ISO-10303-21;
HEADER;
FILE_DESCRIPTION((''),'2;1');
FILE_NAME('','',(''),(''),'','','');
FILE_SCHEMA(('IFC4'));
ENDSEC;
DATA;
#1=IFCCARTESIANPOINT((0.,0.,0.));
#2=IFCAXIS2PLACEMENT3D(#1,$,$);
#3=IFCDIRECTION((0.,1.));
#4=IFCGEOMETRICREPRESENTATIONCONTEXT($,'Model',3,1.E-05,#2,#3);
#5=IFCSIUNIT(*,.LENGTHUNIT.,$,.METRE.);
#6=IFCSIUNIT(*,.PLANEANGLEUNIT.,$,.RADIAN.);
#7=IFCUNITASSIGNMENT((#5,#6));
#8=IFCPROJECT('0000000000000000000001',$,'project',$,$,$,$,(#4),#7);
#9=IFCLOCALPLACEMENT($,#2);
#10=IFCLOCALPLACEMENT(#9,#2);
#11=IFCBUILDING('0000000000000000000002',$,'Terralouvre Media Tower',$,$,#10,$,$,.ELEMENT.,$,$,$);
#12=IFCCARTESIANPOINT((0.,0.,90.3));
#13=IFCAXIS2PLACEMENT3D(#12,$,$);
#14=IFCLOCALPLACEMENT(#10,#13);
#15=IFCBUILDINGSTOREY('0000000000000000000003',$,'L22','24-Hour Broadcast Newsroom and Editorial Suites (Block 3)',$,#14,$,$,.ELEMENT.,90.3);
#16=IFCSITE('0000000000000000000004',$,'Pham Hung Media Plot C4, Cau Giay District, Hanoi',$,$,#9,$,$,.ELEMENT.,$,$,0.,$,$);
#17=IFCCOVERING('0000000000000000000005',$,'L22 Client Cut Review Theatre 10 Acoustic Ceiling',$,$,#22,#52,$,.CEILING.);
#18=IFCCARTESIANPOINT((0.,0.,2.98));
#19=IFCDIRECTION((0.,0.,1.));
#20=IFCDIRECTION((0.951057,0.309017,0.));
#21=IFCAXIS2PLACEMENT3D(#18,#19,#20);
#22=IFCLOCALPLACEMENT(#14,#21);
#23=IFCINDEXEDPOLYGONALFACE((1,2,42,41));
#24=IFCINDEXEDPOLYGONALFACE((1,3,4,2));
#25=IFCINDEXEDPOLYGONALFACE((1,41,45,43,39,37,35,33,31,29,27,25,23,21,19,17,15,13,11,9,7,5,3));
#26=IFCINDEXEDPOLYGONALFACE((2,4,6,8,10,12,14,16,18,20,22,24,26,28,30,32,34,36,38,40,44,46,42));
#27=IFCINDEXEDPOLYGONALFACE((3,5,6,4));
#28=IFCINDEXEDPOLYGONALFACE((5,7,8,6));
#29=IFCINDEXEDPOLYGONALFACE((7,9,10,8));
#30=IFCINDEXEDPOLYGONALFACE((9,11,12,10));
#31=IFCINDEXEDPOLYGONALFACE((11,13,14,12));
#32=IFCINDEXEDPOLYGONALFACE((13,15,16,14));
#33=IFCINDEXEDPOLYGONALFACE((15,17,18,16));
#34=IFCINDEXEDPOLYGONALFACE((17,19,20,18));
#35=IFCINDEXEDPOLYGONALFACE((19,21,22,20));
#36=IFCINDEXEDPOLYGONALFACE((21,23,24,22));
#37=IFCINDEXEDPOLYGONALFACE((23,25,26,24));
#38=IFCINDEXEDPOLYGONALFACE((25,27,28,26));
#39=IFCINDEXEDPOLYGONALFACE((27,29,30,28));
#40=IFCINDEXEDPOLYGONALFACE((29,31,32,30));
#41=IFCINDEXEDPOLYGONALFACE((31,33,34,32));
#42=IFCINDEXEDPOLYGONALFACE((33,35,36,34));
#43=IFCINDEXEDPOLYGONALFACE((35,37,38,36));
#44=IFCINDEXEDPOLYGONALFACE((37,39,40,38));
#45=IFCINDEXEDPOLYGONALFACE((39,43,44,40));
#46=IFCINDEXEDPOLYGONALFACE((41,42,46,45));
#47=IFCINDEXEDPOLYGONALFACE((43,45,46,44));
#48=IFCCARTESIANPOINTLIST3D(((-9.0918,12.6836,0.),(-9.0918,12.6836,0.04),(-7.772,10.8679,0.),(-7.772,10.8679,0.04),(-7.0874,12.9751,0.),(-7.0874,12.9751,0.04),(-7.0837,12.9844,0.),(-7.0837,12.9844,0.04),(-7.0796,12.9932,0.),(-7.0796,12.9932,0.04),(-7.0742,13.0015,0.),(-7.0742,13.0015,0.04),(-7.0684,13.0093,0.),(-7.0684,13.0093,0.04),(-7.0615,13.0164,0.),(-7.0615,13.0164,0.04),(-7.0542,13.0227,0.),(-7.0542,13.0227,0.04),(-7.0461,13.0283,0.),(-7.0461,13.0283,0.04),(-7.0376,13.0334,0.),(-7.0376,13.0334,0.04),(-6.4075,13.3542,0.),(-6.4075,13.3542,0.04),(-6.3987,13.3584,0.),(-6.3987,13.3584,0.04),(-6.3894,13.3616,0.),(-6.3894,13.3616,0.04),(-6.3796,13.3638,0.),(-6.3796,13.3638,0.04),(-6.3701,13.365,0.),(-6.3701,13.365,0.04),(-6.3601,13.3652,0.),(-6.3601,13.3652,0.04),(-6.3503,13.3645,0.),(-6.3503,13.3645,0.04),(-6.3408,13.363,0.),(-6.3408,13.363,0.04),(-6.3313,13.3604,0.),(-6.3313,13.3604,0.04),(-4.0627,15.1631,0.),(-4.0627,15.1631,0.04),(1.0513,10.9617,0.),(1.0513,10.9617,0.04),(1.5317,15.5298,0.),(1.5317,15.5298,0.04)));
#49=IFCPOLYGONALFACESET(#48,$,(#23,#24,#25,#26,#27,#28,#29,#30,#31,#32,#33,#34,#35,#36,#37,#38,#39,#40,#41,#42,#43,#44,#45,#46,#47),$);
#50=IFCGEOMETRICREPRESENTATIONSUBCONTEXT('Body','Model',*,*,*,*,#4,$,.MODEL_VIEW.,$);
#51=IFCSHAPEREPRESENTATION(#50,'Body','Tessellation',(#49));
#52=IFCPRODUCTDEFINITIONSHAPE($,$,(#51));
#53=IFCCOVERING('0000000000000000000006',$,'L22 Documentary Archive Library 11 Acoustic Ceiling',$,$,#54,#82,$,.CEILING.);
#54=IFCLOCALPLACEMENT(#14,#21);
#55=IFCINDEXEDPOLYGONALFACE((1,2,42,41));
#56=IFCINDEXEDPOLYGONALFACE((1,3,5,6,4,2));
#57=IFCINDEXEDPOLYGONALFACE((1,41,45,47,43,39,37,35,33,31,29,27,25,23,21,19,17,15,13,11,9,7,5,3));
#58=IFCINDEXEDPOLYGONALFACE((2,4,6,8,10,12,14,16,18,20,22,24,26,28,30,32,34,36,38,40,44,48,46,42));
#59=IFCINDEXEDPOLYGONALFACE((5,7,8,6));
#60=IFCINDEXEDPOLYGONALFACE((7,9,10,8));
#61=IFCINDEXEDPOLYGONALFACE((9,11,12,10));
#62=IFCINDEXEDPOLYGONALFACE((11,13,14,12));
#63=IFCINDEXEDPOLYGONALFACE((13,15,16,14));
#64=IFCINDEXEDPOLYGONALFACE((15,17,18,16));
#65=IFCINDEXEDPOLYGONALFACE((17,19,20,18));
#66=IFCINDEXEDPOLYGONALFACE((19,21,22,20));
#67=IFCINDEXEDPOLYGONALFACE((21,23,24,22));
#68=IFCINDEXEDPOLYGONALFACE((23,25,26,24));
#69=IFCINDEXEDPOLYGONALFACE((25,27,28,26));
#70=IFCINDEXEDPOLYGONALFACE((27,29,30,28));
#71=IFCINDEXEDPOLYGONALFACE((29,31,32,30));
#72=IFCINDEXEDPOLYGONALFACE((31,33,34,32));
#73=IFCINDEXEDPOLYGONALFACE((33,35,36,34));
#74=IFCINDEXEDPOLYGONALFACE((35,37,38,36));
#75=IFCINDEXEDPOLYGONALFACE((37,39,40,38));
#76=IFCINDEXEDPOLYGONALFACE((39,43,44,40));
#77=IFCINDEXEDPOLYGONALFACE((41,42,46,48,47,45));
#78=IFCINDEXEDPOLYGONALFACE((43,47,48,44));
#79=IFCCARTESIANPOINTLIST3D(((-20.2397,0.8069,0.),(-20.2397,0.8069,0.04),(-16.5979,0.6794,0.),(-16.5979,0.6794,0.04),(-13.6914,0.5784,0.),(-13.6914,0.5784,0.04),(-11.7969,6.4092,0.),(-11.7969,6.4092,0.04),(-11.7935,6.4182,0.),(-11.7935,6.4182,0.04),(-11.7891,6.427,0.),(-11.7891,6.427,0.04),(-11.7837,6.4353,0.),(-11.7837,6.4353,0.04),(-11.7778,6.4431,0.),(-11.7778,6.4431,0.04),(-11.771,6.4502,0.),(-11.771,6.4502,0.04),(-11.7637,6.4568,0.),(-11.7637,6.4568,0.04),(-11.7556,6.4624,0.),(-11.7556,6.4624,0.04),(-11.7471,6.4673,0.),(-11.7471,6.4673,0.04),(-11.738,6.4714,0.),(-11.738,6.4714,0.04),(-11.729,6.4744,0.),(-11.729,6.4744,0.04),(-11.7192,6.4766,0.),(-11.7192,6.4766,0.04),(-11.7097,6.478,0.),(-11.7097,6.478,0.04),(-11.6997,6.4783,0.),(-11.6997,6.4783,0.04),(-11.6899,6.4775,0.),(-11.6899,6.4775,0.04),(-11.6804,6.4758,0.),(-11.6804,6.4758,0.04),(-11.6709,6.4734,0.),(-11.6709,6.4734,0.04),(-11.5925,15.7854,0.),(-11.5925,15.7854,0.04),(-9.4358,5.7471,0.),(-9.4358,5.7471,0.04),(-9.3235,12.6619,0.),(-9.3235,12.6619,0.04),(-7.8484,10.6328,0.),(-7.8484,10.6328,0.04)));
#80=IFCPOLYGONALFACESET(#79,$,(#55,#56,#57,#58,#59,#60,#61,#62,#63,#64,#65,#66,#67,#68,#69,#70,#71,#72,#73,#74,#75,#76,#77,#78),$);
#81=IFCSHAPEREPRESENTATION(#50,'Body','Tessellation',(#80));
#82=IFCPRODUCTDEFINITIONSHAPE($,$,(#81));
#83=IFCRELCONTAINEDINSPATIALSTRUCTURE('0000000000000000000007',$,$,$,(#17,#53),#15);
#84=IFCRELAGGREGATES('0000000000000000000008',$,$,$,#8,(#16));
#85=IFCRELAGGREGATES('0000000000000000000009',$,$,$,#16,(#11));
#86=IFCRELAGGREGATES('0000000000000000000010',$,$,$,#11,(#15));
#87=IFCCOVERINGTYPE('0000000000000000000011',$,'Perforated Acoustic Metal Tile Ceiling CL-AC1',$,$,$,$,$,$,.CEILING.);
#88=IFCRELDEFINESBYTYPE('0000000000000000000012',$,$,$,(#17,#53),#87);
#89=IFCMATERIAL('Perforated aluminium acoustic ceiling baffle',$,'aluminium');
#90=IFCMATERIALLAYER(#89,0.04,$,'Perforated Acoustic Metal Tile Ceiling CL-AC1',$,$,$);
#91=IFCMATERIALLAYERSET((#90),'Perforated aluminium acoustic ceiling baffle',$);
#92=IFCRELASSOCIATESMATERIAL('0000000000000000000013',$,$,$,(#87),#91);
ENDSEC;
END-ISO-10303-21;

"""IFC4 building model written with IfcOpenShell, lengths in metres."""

from ifc_helpers import new_model, si_unit, direction, frame, origin, place, context, subcontext, project, spatial, polyline, outline, extrude, material, layer, layer_set, type_object, element, save


model = new_model("IFC4")

# Units and contexts
model_context = context("Model", 3, precision=1e-05, world=origin(), true_north=direction((0.0, 1.0)))
body_context = subcontext(model_context, "Body", "Model", "MODEL_VIEW")
ifc_project = project(units=[si_unit("LENGTHUNIT", "METRE"), si_unit("PLANEANGLEUNIT", "RADIAN")], contexts=[model_context])

# Site, building, storey
site_placement = place(None, origin())
site = spatial("IfcSite", under=ifc_project, at=site_placement, Name="Pham Hung Media Plot C4, Cau Giay District, Hanoi", CompositionType="ELEMENT", RefElevation=0.0)
building_placement = place(site_placement, origin())
building = spatial("IfcBuilding", under=site, at=building_placement, Name="Terralouvre Media Tower", CompositionType="ELEMENT")
storey_placement = place(building_placement, frame((0.0, 0.0, 90.3)))
storey = spatial("IfcBuildingStorey", under=building, at=storey_placement, Name="L22", Description="24-Hour Broadcast Newsroom and Editorial Suites (Block 3)", CompositionType="ELEMENT", Elevation=90.3)

# Coverings
ifc_material_1 = material(Name="Perforated aluminium acoustic ceiling baffle", Category="aluminium")
ifc_layer_1 = layer(ifc_material_1, 0.04, Name="Perforated Acoustic Metal Tile Ceiling CL-AC1")
ifc_layer_set_1 = layer_set([ifc_layer_1], Name="Perforated aluminium acoustic ceiling baffle")
covering_type_1 = type_object("IfcCoveringType", Name="Perforated Acoustic Metal Tile Ceiling CL-AC1", PredefinedType="CEILING", material=ifc_layer_set_1)
covering_1_placement = place(storey_placement, frame((0.0, 0.0, 2.98), z_axis=(0.0, 0.0, 1.0), x_axis=(0.951057, 0.309017, 0.0)))
element("IfcCovering", 1, at=covering_1_placement, inside=storey, type_object=covering_type_1, Name="L22 Client Cut Review Theatre 10 Acoustic Ceiling", PredefinedType="CEILING", context=body_context, shape_type="SweptSolid", body=[
    extrude(outline(polyline([(-4.0627, 15.1631), (-9.0918, 12.6836), (-7.772, 10.8679), (-7.0874, 12.9751), (-7.0837, 12.9844), (-7.0796, 12.9932), (-7.0742, 13.0015), (-7.0684, 13.0093), (-7.0615, 13.0164), (-7.0542, 13.0227), (-7.0461, 13.0283), (-7.0376, 13.0334), (-6.4075, 13.3542), (-6.3987, 13.3584), (-6.3894, 13.3616), (-6.3796, 13.3638), (-6.3701, 13.365), (-6.3601, 13.3652), (-6.3503, 13.3645), (-6.3408, 13.363), (-6.3313, 13.3604), (1.0513, 10.9617), (1.5317, 15.5298), (-4.0627, 15.1631)])), origin(), (0.0, 0.0, 1.0), 0.04),
])
covering_2_placement = place(storey_placement, frame((0.0, 0.0, 2.98), z_axis=(0.0, 0.0, 1.0), x_axis=(0.951057, 0.309017, 0.0)))
element("IfcCovering", 2, at=covering_2_placement, inside=storey, type_object=covering_type_1, Name="L22 Documentary Archive Library 11 Acoustic Ceiling", PredefinedType="CEILING", context=body_context, shape_type="SweptSolid", body=[
    extrude(outline(polyline([(-13.6914, 0.5784), (-11.7969, 6.4092), (-11.7935, 6.4182), (-11.7891, 6.427), (-11.7837, 6.4353), (-11.7778, 6.4431), (-11.771, 6.4502), (-11.7637, 6.4568), (-11.7556, 6.4624), (-11.7471, 6.4673), (-11.738, 6.4714), (-11.729, 6.4744), (-11.7192, 6.4766), (-11.7097, 6.478), (-11.6997, 6.4783), (-11.6899, 6.4775), (-11.6804, 6.4758), (-11.6709, 6.4734), (-9.4358, 5.7471), (-7.8484, 10.6328), (-9.3235, 12.6619), (-11.5925, 15.7854), (-20.2397, 0.8069), (-16.5979, 0.6794), (-13.6914, 0.5784)])), origin(), (0.0, 0.0, 1.0), 0.04),
])

save(model, "model.ifc")
